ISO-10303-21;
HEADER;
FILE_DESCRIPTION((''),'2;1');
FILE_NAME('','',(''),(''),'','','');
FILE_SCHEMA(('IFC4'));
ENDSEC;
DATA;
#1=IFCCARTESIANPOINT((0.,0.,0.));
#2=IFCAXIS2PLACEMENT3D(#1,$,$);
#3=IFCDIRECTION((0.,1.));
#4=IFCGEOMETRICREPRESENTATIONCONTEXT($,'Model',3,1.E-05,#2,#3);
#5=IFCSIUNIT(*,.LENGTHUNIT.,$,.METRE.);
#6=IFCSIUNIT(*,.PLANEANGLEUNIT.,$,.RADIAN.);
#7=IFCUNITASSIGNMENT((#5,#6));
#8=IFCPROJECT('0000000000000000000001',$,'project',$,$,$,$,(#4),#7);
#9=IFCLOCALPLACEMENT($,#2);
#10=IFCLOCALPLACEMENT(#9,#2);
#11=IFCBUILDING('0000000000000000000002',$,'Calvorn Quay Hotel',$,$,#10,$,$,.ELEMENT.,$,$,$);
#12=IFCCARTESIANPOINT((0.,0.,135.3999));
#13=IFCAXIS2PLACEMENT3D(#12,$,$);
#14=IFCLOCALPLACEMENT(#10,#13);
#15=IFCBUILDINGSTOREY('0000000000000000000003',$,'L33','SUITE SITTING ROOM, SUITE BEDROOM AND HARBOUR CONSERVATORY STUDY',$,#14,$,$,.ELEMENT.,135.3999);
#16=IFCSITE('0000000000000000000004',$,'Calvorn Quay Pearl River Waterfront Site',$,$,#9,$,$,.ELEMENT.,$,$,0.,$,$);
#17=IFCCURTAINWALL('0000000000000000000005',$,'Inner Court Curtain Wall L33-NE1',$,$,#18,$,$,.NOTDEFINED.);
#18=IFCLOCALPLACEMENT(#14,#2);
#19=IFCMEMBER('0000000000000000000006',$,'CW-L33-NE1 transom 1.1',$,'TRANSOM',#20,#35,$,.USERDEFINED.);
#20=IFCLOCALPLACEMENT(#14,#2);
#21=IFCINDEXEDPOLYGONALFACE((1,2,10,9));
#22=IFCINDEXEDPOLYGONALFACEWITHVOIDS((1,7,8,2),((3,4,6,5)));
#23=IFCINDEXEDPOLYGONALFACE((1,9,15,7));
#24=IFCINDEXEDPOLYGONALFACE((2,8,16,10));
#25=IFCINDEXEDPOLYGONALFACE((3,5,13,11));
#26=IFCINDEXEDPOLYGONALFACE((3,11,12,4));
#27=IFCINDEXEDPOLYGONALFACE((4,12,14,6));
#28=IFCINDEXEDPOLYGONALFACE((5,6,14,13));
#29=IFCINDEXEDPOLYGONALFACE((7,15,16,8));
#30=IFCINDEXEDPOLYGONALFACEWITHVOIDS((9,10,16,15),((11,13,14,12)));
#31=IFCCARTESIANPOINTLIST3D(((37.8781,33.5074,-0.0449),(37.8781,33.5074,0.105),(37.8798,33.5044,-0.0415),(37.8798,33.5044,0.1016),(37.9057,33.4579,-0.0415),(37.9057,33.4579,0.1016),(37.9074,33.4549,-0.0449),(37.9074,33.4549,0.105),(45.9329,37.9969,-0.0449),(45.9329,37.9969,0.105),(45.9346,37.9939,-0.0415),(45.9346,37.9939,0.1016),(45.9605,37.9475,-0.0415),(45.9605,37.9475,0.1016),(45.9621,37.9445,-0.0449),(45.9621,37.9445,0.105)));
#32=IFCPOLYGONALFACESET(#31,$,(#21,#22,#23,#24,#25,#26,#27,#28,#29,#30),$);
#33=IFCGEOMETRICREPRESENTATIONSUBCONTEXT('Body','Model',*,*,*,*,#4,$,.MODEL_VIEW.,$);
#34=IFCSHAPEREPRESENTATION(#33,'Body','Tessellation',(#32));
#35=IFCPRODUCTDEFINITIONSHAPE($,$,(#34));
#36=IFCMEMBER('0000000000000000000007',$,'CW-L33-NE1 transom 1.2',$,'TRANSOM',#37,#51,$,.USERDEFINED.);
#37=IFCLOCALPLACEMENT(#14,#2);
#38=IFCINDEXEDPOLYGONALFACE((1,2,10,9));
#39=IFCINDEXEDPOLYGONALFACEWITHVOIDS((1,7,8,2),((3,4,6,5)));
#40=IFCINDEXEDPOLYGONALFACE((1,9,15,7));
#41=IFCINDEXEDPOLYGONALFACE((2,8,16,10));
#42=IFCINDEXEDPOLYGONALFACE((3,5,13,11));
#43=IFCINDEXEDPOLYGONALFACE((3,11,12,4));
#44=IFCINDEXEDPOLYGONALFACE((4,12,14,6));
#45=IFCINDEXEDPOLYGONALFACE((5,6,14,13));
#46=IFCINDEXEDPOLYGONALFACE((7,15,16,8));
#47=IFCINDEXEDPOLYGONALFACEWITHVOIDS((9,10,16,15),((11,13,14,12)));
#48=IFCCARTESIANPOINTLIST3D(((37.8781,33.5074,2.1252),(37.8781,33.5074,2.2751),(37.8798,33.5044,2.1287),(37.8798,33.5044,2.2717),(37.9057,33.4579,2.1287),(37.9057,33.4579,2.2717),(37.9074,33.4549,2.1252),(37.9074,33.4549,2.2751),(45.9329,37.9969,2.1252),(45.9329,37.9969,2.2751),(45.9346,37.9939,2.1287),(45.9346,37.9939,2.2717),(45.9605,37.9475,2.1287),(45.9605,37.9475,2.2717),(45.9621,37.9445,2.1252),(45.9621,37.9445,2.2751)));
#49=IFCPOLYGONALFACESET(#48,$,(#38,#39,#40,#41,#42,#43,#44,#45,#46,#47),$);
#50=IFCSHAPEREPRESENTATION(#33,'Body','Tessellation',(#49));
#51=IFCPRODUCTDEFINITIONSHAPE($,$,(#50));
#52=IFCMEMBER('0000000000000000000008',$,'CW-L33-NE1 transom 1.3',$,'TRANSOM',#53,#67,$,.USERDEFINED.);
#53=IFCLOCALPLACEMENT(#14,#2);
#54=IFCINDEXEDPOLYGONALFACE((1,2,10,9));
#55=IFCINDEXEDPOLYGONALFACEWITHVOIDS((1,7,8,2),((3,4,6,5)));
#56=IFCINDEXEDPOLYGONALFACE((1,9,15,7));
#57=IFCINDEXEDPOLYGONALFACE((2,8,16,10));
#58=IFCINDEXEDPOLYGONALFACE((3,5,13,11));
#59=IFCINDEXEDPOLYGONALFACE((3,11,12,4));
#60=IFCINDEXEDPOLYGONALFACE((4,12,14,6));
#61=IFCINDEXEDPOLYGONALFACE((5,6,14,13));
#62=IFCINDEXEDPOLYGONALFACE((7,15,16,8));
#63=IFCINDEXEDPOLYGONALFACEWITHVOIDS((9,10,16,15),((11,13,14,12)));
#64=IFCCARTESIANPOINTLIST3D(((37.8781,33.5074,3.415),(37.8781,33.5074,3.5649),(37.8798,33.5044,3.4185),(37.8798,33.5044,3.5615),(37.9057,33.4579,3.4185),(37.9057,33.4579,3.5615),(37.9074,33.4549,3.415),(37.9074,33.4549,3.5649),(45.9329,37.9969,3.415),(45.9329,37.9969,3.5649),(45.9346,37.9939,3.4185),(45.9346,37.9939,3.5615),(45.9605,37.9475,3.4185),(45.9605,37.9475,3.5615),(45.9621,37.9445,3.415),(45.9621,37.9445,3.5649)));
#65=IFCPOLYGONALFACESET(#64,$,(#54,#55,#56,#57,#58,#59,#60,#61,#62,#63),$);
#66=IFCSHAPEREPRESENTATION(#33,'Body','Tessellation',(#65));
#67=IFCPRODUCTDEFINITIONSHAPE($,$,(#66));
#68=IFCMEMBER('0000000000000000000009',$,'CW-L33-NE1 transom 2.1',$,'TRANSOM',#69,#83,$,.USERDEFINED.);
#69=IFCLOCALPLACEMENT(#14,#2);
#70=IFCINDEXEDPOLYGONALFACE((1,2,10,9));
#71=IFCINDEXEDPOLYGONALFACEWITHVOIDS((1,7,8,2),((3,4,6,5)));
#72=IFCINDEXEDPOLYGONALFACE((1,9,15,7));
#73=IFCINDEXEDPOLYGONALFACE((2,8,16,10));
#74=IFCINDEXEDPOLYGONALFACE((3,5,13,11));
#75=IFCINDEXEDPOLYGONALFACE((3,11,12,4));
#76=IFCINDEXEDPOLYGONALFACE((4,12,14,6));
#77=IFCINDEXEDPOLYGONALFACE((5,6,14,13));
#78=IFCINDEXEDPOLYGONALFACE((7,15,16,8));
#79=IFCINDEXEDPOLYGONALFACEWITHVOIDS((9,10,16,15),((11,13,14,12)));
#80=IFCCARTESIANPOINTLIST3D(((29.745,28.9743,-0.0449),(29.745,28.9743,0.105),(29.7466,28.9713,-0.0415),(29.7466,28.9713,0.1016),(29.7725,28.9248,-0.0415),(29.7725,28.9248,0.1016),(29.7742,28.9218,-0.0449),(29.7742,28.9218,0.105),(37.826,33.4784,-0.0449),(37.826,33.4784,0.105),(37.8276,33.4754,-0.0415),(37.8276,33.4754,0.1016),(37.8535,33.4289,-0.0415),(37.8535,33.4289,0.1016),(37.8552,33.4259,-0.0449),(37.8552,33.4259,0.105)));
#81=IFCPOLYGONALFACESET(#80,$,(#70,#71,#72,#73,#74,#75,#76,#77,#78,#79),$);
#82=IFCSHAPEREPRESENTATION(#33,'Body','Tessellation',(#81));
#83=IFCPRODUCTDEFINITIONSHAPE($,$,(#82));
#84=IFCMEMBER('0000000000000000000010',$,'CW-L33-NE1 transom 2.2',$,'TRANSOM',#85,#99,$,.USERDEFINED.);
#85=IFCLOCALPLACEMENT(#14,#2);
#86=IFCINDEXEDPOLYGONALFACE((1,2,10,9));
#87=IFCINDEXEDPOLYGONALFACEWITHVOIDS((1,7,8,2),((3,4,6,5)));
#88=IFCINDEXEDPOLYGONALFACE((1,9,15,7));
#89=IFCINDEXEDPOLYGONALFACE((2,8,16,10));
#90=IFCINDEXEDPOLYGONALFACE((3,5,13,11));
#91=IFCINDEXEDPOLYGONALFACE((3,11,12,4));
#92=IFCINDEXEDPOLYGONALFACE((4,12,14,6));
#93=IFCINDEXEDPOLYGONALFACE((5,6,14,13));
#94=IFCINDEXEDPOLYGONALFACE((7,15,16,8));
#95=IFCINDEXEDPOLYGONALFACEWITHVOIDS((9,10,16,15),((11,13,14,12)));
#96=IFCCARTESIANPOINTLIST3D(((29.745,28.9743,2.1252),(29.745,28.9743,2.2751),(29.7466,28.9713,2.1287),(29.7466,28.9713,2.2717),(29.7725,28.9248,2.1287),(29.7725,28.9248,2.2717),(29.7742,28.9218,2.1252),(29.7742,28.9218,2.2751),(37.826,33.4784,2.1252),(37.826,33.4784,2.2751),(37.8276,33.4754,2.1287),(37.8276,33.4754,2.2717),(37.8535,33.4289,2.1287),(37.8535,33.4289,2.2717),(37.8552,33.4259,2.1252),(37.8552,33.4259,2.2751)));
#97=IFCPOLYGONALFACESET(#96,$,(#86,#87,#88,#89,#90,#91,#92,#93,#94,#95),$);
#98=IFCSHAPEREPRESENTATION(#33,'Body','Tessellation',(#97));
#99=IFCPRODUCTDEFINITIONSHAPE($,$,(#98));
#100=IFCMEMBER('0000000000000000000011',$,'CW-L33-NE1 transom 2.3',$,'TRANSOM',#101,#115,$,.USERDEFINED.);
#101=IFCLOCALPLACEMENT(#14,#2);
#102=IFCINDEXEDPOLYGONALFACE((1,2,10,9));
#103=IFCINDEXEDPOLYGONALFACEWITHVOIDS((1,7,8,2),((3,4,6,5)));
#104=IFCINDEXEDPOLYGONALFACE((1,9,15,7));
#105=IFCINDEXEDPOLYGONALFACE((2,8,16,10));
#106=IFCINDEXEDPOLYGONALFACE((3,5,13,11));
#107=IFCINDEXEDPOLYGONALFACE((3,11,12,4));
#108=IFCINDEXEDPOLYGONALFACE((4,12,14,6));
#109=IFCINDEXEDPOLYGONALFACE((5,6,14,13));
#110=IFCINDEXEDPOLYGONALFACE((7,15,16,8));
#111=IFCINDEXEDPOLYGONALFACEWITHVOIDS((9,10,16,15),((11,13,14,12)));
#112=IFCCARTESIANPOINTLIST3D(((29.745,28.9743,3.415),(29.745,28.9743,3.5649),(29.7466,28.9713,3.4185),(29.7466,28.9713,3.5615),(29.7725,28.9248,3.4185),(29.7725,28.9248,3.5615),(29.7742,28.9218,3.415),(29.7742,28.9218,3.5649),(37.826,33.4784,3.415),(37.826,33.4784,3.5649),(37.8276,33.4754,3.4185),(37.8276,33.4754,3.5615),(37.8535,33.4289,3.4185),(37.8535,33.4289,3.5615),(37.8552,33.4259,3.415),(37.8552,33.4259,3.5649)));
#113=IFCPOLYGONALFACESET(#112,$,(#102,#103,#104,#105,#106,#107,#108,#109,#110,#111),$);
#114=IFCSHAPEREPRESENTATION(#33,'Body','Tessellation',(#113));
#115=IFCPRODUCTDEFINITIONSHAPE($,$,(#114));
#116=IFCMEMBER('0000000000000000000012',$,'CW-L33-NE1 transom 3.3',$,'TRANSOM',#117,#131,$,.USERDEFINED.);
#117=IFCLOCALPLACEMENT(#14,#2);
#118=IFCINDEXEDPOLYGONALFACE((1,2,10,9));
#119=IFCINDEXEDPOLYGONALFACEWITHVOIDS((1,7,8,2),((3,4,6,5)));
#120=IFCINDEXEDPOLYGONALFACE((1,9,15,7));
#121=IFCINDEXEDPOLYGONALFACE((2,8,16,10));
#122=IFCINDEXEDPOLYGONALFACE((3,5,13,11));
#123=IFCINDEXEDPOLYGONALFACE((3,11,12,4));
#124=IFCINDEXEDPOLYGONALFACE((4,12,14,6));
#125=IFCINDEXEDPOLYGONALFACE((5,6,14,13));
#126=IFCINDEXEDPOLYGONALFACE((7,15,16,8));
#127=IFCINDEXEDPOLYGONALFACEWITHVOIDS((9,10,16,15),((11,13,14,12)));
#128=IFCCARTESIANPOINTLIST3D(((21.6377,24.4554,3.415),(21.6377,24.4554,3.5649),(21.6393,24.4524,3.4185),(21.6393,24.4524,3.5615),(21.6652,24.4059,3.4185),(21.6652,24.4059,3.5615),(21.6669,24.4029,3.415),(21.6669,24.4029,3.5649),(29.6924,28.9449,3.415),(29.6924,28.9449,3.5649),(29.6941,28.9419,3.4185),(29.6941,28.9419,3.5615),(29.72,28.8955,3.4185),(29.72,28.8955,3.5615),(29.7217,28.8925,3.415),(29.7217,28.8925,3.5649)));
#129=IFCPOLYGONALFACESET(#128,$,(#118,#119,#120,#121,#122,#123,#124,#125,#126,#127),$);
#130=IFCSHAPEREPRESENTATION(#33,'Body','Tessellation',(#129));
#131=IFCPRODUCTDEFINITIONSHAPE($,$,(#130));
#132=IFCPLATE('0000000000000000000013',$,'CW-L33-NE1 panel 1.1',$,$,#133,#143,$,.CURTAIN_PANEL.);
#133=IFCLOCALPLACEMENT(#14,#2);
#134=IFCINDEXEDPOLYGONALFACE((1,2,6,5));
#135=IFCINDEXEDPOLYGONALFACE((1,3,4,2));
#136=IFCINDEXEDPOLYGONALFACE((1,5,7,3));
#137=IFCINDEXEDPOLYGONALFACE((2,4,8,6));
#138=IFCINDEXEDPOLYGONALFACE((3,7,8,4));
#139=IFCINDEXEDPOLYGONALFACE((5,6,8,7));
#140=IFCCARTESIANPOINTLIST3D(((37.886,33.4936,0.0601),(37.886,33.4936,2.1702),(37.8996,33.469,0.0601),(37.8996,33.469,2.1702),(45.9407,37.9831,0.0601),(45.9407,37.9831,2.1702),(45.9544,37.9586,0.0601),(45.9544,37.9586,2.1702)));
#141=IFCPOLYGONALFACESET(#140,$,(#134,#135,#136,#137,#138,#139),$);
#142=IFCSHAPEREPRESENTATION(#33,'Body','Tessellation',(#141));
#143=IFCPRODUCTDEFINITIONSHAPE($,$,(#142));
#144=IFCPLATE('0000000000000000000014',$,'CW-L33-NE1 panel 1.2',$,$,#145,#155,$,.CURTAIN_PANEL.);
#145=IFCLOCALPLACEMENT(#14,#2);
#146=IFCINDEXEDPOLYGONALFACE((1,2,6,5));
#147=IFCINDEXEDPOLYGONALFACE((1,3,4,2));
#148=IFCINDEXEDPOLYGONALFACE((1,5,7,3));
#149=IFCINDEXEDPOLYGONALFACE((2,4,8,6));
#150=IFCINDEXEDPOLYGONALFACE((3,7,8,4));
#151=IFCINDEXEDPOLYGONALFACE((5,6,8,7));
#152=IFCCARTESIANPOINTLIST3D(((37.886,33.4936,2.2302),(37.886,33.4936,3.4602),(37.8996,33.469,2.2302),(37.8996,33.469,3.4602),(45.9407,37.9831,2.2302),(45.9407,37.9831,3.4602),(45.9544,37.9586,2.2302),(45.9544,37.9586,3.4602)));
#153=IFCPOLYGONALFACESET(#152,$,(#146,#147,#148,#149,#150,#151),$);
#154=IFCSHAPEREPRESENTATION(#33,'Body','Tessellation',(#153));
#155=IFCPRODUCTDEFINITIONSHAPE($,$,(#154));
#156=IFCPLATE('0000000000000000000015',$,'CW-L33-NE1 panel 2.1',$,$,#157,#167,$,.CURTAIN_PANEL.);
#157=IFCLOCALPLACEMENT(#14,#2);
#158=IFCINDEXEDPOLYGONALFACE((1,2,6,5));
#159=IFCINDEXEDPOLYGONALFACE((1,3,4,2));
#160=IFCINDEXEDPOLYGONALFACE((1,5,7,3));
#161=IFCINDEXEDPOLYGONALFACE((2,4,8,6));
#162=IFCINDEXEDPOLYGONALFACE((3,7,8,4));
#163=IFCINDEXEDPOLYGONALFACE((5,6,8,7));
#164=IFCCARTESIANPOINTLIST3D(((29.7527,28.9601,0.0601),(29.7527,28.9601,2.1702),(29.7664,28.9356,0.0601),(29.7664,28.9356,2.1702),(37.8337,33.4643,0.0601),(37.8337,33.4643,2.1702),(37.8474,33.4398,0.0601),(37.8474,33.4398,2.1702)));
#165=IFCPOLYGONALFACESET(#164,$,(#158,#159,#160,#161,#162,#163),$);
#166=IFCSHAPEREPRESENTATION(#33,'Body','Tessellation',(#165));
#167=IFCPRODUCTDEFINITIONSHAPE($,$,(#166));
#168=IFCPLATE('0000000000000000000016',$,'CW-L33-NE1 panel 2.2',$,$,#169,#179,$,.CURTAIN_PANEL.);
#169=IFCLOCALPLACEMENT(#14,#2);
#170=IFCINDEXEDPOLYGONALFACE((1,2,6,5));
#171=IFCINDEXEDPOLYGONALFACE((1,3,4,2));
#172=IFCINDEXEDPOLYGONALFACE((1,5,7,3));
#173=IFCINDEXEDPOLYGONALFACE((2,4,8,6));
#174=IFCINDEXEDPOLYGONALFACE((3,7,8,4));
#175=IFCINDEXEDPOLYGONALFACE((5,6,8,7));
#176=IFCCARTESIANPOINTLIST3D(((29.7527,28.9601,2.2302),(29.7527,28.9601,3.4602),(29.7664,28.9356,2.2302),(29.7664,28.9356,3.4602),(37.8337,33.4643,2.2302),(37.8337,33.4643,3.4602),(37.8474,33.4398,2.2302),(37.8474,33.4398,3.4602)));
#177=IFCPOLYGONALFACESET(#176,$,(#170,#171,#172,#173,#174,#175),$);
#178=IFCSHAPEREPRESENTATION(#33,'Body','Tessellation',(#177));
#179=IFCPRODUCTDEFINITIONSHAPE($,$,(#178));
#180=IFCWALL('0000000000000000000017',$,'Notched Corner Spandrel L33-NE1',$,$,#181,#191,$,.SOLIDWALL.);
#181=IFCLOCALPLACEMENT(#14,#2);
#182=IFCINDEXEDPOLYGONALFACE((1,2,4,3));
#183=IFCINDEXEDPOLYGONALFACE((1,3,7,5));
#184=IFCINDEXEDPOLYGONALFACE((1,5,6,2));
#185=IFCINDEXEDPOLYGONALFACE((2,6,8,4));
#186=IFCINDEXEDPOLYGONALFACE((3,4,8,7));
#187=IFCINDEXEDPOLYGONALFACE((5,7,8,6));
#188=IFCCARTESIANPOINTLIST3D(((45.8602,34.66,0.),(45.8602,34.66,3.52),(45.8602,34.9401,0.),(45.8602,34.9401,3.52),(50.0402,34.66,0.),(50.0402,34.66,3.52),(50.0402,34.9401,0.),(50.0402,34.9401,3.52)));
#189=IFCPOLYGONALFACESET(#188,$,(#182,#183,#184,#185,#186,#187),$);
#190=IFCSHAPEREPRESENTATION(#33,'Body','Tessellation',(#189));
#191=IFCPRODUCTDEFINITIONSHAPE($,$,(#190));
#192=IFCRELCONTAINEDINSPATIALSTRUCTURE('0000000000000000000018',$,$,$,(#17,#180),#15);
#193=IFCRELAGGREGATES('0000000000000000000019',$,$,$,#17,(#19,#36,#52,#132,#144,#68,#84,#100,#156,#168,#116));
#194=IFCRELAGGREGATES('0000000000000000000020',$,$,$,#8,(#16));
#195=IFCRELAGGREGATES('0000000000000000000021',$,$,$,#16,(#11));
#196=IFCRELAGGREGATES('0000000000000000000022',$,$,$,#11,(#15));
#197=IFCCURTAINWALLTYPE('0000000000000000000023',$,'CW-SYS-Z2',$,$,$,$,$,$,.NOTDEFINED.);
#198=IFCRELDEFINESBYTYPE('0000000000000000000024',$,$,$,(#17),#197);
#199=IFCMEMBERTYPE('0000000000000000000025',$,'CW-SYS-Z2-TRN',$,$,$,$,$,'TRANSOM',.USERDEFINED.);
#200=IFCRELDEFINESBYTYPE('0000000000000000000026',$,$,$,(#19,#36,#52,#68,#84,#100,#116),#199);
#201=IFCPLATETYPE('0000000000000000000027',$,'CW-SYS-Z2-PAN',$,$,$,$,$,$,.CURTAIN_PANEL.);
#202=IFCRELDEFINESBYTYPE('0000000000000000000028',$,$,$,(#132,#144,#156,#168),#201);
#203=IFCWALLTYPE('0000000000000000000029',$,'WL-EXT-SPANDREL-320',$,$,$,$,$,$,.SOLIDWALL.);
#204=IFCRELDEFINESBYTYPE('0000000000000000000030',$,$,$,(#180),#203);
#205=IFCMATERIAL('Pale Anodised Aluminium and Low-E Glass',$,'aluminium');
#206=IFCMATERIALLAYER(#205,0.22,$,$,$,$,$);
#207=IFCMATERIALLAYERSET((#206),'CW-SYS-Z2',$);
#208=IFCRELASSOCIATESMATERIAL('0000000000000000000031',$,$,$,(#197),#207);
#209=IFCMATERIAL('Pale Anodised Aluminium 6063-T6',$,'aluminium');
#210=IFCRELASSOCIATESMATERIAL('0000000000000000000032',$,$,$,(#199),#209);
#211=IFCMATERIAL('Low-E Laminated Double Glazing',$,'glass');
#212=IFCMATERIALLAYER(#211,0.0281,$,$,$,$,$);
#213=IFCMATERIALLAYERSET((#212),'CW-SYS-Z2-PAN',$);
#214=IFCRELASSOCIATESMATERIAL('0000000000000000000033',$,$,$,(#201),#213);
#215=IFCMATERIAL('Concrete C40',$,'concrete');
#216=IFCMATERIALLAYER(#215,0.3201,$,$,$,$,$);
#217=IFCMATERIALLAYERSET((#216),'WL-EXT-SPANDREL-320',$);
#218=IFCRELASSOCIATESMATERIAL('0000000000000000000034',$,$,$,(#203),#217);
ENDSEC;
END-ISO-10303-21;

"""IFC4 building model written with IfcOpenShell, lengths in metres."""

from ifc_helpers import new_model, si_unit, direction, frame, frame_2d, origin, origin_2d, place, context, subcontext, project, spatial, rectangle, hollow_rectangle, extrude, material, layer, layer_set, material_profile, profile_set, type_object, element, aggregate, save


model = new_model("IFC4")

# Units and contexts
model_context = context("Model", 3, precision=1e-05, world=origin(), true_north=direction((0.0, 1.0)))
body_context = subcontext(model_context, "Body", "Model", "MODEL_VIEW")
ifc_project = project(units=[si_unit("LENGTHUNIT", "METRE"), si_unit("PLANEANGLEUNIT", "RADIAN")], contexts=[model_context])

# Site, building, storey
site_placement = place(None, origin())
site = spatial("IfcSite", under=ifc_project, at=site_placement, Name="Calvorn Quay Pearl River Waterfront Site", CompositionType="ELEMENT", RefElevation=0.0)
building_placement = place(site_placement, origin())
building = spatial("IfcBuilding", under=site, at=building_placement, Name="Calvorn Quay Hotel", CompositionType="ELEMENT")
storey_placement = place(building_placement, frame((0.0, 0.0, 135.3999)))
storey = spatial("IfcBuildingStorey", under=building, at=storey_placement, Name="L33", Description="SUITE SITTING ROOM, SUITE BEDROOM AND HARBOUR CONSERVATORY STUDY", CompositionType="ELEMENT", Elevation=135.3999)

# Curtain wall, members, plates
ifc_material_1 = material(Name="Pale Anodised Aluminium and Low-E Glass", Category="aluminium")
ifc_layer_1 = layer(ifc_material_1, 0.22)
ifc_layer_set_1 = layer_set([ifc_layer_1], Name="CW-SYS-Z2")
curtain_wall_type = type_object("IfcCurtainWallType", Name="CW-SYS-Z2", PredefinedType="NOTDEFINED", material=ifc_layer_set_1)
curtain_wall_placement = place(storey_placement, origin())
curtain_wall = element("IfcCurtainWall", 1, at=curtain_wall_placement, inside=storey, type_object=curtain_wall_type, Name="Inner Court Curtain Wall L33-NE1", PredefinedType="NOTDEFINED")
ifc_material_2 = material(Name="Pale Anodised Aluminium 6063-T6", Category="aluminium")
ifc_material_profile_1 = material_profile(ifc_material_2, hollow_rectangle(XDim=0.0601, YDim=0.1499, WallThickness=0.0034, at=origin_2d()), Name="ALU-T150x60x3.5")
ifc_profile_set_1 = profile_set([ifc_material_profile_1], Name="Pale Anodised Aluminium 6063-T6")
member_type_1 = type_object("IfcMemberType", Name="CW-SYS-Z2-TRN", ElementType="TRANSOM", PredefinedType="USERDEFINED", material=ifc_profile_set_1)
member_1_placement = place(storey_placement, frame((45.9475, 37.9707, 0.03), z_axis=(-0.873481, -0.486859, 0.0), x_axis=(0.486859, -0.873481, 0.0)))
member_1 = element("IfcMember", 2, at=member_1_placement, type_object=member_type_1, Name="CW-L33-NE1 transom 1.1", ObjectType="TRANSOM", PredefinedType="USERDEFINED", context=body_context, shape_type="SweptSolid", body=[
    extrude(hollow_rectangle(XDim=0.0601, YDim=0.1499, WallThickness=0.0034, at=origin_2d()), origin(), (0.0, 0.0, 1.0), 9.2214),
])
member_2_placement = place(storey_placement, frame((45.9475, 37.9707, 2.2002), z_axis=(-0.873481, -0.486859, 0.0), x_axis=(0.486859, -0.873481, 0.0)))
member_2 = element("IfcMember", 3, at=member_2_placement, type_object=member_type_1, Name="CW-L33-NE1 transom 1.2", ObjectType="TRANSOM", PredefinedType="USERDEFINED", context=body_context, shape_type="SweptSolid", body=[
    extrude(hollow_rectangle(XDim=0.0601, YDim=0.1499, WallThickness=0.0034, at=origin_2d()), origin(), (0.0, 0.0, 1.0), 9.2214),
])
member_3_placement = place(storey_placement, frame((45.9475, 37.9707, 3.49), z_axis=(-0.873481, -0.486859, 0.0), x_axis=(0.486859, -0.873481, 0.0)))
member_3 = element("IfcMember", 4, at=member_3_placement, type_object=member_type_1, Name="CW-L33-NE1 transom 1.3", ObjectType="TRANSOM", PredefinedType="USERDEFINED", context=body_context, shape_type="SweptSolid", body=[
    extrude(hollow_rectangle(XDim=0.0601, YDim=0.1499, WallThickness=0.0034, at=origin_2d()), origin(), (0.0, 0.0, 1.0), 9.2214),
])
member_4_placement = place(storey_placement, frame((37.8406, 33.4521, 0.03), z_axis=(-0.873483, -0.486855, 0.0), x_axis=(0.486855, -0.873483, 0.0)))
member_4 = element("IfcMember", 5, at=member_4_placement, type_object=member_type_1, Name="CW-L33-NE1 transom 2.1", ObjectType="TRANSOM", PredefinedType="USERDEFINED", context=body_context, shape_type="SweptSolid", body=[
    extrude(hollow_rectangle(XDim=0.0601, YDim=0.1499, WallThickness=0.0034, at=origin_2d()), origin(), (0.0, 0.0, 1.0), 9.2515),
])
member_5_placement = place(storey_placement, frame((37.8406, 33.4521, 2.2002), z_axis=(-0.873483, -0.486855, 0.0), x_axis=(0.486855, -0.873483, 0.0)))
member_5 = element("IfcMember", 6, at=member_5_placement, type_object=member_type_1, Name="CW-L33-NE1 transom 2.2", ObjectType="TRANSOM", PredefinedType="USERDEFINED", context=body_context, shape_type="SweptSolid", body=[
    extrude(hollow_rectangle(XDim=0.0601, YDim=0.1499, WallThickness=0.0034, at=origin_2d()), origin(), (0.0, 0.0, 1.0), 9.2515),
])
member_6_placement = place(storey_placement, frame((37.8406, 33.4521, 3.49), z_axis=(-0.873483, -0.486855, 0.0), x_axis=(0.486855, -0.873483, 0.0)))
member_6 = element("IfcMember", 7, at=member_6_placement, type_object=member_type_1, Name="CW-L33-NE1 transom 2.3", ObjectType="TRANSOM", PredefinedType="USERDEFINED", context=body_context, shape_type="SweptSolid", body=[
    extrude(hollow_rectangle(XDim=0.0601, YDim=0.1499, WallThickness=0.0034, at=origin_2d()), origin(), (0.0, 0.0, 1.0), 9.2515),
])
member_7_placement = place(storey_placement, frame((29.707, 28.9187, 3.49), z_axis=(-0.873481, -0.486859, 0.0), x_axis=(0.486859, -0.873481, 0.0)))
member_7 = element("IfcMember", 8, at=member_7_placement, type_object=member_type_1, Name="CW-L33-NE1 transom 3.3", ObjectType="TRANSOM", PredefinedType="USERDEFINED", context=body_context, shape_type="SweptSolid", body=[
    extrude(hollow_rectangle(XDim=0.0601, YDim=0.1499, WallThickness=0.0034, at=origin_2d()), origin(), (0.0, 0.0, 1.0), 9.2214),
])
ifc_material_3 = material(Name="Low-E Laminated Double Glazing", Category="glass")
ifc_layer_2 = layer(ifc_material_3, 0.0281)
ifc_layer_set_2 = layer_set([ifc_layer_2], Name="CW-SYS-Z2-PAN")
plate_type = type_object("IfcPlateType", Name="CW-SYS-Z2-PAN", PredefinedType="CURTAIN_PANEL", material=ifc_layer_set_2)
plate_1_placement = place(storey_placement, frame((41.9202, 35.7261, 0.0601), z_axis=(0.0, 0.0, 1.0), x_axis=(-0.873481, -0.486858, 0.0)))
plate_1 = element("IfcPlate", 9, at=plate_1_placement, type_object=plate_type, Name="CW-L33-NE1 panel 1.1", PredefinedType="CURTAIN_PANEL", context=body_context, shape_type="SweptSolid", body=[
    extrude(rectangle(XDim=9.2214, YDim=0.0281, at=origin_2d()), origin(), (0.0, 0.0, 1.0), 2.1101),
])
plate_2_placement = place(storey_placement, frame((41.9202, 35.7261, 2.2302), z_axis=(0.0, 0.0, 1.0), x_axis=(-0.873481, -0.486858, 0.0)))
plate_2 = element("IfcPlate", 10, at=plate_2_placement, type_object=plate_type, Name="CW-L33-NE1 panel 1.2", PredefinedType="CURTAIN_PANEL", context=body_context, shape_type="SweptSolid", body=[
    extrude(rectangle(XDim=9.2214, YDim=0.0281, at=origin_2d()), origin(), (0.0, 0.0, 1.0), 1.23),
])
plate_3_placement = place(storey_placement, frame((33.8, 31.2, 0.0601), z_axis=(0.0, 0.0, 1.0), x_axis=(-0.873481, -0.486858, 0.0)))
plate_3 = element("IfcPlate", 11, at=plate_3_placement, type_object=plate_type, Name="CW-L33-NE1 panel 2.1", PredefinedType="CURTAIN_PANEL", context=body_context, shape_type="SweptSolid", body=[
    extrude(rectangle(XDim=9.2515, YDim=0.0281, at=origin_2d()), origin(), (0.0, 0.0, 1.0), 2.1101),
])
plate_4_placement = place(storey_placement, frame((33.8, 31.2, 2.2302), z_axis=(0.0, 0.0, 1.0), x_axis=(-0.873481, -0.486858, 0.0)))
plate_4 = element("IfcPlate", 12, at=plate_4_placement, type_object=plate_type, Name="CW-L33-NE1 panel 2.2", PredefinedType="CURTAIN_PANEL", context=body_context, shape_type="SweptSolid", body=[
    extrude(rectangle(XDim=9.2515, YDim=0.0281, at=origin_2d()), origin(), (0.0, 0.0, 1.0), 1.23),
])
aggregate(curtain_wall, [member_1, member_2, member_3, plate_1, plate_2, member_4, member_5, member_6, plate_3, plate_4, member_7])

# Wall
ifc_material_4 = material(Name="Concrete C40", Category="concrete")
ifc_layer_3 = layer(ifc_material_4, 0.3201)
ifc_layer_set_3 = layer_set([ifc_layer_3], Name="WL-EXT-SPANDREL-320")
wall_type = type_object("IfcWallType", Name="WL-EXT-SPANDREL-320", PredefinedType="SOLIDWALL", material=ifc_layer_set_3)
wall_1_placement = place(storey_placement, frame((50.04, 34.8, 0.0), z_axis=(0.0, 0.0, 1.0), x_axis=(-1.0, 0.0, 0.0)))
element("IfcWall", 13, at=wall_1_placement, inside=storey, type_object=wall_type, Name="Notched Corner Spandrel L33-NE1", PredefinedType="SOLIDWALL", context=body_context, shape_type="SweptSolid", body=[
    extrude(rectangle(XDim=4.1799, YDim=0.28, at=frame_2d((2.0898, 0.0))), origin(), (0.0, 0.0, 1.0), 3.52),
])

save(model, "model.ifc")
